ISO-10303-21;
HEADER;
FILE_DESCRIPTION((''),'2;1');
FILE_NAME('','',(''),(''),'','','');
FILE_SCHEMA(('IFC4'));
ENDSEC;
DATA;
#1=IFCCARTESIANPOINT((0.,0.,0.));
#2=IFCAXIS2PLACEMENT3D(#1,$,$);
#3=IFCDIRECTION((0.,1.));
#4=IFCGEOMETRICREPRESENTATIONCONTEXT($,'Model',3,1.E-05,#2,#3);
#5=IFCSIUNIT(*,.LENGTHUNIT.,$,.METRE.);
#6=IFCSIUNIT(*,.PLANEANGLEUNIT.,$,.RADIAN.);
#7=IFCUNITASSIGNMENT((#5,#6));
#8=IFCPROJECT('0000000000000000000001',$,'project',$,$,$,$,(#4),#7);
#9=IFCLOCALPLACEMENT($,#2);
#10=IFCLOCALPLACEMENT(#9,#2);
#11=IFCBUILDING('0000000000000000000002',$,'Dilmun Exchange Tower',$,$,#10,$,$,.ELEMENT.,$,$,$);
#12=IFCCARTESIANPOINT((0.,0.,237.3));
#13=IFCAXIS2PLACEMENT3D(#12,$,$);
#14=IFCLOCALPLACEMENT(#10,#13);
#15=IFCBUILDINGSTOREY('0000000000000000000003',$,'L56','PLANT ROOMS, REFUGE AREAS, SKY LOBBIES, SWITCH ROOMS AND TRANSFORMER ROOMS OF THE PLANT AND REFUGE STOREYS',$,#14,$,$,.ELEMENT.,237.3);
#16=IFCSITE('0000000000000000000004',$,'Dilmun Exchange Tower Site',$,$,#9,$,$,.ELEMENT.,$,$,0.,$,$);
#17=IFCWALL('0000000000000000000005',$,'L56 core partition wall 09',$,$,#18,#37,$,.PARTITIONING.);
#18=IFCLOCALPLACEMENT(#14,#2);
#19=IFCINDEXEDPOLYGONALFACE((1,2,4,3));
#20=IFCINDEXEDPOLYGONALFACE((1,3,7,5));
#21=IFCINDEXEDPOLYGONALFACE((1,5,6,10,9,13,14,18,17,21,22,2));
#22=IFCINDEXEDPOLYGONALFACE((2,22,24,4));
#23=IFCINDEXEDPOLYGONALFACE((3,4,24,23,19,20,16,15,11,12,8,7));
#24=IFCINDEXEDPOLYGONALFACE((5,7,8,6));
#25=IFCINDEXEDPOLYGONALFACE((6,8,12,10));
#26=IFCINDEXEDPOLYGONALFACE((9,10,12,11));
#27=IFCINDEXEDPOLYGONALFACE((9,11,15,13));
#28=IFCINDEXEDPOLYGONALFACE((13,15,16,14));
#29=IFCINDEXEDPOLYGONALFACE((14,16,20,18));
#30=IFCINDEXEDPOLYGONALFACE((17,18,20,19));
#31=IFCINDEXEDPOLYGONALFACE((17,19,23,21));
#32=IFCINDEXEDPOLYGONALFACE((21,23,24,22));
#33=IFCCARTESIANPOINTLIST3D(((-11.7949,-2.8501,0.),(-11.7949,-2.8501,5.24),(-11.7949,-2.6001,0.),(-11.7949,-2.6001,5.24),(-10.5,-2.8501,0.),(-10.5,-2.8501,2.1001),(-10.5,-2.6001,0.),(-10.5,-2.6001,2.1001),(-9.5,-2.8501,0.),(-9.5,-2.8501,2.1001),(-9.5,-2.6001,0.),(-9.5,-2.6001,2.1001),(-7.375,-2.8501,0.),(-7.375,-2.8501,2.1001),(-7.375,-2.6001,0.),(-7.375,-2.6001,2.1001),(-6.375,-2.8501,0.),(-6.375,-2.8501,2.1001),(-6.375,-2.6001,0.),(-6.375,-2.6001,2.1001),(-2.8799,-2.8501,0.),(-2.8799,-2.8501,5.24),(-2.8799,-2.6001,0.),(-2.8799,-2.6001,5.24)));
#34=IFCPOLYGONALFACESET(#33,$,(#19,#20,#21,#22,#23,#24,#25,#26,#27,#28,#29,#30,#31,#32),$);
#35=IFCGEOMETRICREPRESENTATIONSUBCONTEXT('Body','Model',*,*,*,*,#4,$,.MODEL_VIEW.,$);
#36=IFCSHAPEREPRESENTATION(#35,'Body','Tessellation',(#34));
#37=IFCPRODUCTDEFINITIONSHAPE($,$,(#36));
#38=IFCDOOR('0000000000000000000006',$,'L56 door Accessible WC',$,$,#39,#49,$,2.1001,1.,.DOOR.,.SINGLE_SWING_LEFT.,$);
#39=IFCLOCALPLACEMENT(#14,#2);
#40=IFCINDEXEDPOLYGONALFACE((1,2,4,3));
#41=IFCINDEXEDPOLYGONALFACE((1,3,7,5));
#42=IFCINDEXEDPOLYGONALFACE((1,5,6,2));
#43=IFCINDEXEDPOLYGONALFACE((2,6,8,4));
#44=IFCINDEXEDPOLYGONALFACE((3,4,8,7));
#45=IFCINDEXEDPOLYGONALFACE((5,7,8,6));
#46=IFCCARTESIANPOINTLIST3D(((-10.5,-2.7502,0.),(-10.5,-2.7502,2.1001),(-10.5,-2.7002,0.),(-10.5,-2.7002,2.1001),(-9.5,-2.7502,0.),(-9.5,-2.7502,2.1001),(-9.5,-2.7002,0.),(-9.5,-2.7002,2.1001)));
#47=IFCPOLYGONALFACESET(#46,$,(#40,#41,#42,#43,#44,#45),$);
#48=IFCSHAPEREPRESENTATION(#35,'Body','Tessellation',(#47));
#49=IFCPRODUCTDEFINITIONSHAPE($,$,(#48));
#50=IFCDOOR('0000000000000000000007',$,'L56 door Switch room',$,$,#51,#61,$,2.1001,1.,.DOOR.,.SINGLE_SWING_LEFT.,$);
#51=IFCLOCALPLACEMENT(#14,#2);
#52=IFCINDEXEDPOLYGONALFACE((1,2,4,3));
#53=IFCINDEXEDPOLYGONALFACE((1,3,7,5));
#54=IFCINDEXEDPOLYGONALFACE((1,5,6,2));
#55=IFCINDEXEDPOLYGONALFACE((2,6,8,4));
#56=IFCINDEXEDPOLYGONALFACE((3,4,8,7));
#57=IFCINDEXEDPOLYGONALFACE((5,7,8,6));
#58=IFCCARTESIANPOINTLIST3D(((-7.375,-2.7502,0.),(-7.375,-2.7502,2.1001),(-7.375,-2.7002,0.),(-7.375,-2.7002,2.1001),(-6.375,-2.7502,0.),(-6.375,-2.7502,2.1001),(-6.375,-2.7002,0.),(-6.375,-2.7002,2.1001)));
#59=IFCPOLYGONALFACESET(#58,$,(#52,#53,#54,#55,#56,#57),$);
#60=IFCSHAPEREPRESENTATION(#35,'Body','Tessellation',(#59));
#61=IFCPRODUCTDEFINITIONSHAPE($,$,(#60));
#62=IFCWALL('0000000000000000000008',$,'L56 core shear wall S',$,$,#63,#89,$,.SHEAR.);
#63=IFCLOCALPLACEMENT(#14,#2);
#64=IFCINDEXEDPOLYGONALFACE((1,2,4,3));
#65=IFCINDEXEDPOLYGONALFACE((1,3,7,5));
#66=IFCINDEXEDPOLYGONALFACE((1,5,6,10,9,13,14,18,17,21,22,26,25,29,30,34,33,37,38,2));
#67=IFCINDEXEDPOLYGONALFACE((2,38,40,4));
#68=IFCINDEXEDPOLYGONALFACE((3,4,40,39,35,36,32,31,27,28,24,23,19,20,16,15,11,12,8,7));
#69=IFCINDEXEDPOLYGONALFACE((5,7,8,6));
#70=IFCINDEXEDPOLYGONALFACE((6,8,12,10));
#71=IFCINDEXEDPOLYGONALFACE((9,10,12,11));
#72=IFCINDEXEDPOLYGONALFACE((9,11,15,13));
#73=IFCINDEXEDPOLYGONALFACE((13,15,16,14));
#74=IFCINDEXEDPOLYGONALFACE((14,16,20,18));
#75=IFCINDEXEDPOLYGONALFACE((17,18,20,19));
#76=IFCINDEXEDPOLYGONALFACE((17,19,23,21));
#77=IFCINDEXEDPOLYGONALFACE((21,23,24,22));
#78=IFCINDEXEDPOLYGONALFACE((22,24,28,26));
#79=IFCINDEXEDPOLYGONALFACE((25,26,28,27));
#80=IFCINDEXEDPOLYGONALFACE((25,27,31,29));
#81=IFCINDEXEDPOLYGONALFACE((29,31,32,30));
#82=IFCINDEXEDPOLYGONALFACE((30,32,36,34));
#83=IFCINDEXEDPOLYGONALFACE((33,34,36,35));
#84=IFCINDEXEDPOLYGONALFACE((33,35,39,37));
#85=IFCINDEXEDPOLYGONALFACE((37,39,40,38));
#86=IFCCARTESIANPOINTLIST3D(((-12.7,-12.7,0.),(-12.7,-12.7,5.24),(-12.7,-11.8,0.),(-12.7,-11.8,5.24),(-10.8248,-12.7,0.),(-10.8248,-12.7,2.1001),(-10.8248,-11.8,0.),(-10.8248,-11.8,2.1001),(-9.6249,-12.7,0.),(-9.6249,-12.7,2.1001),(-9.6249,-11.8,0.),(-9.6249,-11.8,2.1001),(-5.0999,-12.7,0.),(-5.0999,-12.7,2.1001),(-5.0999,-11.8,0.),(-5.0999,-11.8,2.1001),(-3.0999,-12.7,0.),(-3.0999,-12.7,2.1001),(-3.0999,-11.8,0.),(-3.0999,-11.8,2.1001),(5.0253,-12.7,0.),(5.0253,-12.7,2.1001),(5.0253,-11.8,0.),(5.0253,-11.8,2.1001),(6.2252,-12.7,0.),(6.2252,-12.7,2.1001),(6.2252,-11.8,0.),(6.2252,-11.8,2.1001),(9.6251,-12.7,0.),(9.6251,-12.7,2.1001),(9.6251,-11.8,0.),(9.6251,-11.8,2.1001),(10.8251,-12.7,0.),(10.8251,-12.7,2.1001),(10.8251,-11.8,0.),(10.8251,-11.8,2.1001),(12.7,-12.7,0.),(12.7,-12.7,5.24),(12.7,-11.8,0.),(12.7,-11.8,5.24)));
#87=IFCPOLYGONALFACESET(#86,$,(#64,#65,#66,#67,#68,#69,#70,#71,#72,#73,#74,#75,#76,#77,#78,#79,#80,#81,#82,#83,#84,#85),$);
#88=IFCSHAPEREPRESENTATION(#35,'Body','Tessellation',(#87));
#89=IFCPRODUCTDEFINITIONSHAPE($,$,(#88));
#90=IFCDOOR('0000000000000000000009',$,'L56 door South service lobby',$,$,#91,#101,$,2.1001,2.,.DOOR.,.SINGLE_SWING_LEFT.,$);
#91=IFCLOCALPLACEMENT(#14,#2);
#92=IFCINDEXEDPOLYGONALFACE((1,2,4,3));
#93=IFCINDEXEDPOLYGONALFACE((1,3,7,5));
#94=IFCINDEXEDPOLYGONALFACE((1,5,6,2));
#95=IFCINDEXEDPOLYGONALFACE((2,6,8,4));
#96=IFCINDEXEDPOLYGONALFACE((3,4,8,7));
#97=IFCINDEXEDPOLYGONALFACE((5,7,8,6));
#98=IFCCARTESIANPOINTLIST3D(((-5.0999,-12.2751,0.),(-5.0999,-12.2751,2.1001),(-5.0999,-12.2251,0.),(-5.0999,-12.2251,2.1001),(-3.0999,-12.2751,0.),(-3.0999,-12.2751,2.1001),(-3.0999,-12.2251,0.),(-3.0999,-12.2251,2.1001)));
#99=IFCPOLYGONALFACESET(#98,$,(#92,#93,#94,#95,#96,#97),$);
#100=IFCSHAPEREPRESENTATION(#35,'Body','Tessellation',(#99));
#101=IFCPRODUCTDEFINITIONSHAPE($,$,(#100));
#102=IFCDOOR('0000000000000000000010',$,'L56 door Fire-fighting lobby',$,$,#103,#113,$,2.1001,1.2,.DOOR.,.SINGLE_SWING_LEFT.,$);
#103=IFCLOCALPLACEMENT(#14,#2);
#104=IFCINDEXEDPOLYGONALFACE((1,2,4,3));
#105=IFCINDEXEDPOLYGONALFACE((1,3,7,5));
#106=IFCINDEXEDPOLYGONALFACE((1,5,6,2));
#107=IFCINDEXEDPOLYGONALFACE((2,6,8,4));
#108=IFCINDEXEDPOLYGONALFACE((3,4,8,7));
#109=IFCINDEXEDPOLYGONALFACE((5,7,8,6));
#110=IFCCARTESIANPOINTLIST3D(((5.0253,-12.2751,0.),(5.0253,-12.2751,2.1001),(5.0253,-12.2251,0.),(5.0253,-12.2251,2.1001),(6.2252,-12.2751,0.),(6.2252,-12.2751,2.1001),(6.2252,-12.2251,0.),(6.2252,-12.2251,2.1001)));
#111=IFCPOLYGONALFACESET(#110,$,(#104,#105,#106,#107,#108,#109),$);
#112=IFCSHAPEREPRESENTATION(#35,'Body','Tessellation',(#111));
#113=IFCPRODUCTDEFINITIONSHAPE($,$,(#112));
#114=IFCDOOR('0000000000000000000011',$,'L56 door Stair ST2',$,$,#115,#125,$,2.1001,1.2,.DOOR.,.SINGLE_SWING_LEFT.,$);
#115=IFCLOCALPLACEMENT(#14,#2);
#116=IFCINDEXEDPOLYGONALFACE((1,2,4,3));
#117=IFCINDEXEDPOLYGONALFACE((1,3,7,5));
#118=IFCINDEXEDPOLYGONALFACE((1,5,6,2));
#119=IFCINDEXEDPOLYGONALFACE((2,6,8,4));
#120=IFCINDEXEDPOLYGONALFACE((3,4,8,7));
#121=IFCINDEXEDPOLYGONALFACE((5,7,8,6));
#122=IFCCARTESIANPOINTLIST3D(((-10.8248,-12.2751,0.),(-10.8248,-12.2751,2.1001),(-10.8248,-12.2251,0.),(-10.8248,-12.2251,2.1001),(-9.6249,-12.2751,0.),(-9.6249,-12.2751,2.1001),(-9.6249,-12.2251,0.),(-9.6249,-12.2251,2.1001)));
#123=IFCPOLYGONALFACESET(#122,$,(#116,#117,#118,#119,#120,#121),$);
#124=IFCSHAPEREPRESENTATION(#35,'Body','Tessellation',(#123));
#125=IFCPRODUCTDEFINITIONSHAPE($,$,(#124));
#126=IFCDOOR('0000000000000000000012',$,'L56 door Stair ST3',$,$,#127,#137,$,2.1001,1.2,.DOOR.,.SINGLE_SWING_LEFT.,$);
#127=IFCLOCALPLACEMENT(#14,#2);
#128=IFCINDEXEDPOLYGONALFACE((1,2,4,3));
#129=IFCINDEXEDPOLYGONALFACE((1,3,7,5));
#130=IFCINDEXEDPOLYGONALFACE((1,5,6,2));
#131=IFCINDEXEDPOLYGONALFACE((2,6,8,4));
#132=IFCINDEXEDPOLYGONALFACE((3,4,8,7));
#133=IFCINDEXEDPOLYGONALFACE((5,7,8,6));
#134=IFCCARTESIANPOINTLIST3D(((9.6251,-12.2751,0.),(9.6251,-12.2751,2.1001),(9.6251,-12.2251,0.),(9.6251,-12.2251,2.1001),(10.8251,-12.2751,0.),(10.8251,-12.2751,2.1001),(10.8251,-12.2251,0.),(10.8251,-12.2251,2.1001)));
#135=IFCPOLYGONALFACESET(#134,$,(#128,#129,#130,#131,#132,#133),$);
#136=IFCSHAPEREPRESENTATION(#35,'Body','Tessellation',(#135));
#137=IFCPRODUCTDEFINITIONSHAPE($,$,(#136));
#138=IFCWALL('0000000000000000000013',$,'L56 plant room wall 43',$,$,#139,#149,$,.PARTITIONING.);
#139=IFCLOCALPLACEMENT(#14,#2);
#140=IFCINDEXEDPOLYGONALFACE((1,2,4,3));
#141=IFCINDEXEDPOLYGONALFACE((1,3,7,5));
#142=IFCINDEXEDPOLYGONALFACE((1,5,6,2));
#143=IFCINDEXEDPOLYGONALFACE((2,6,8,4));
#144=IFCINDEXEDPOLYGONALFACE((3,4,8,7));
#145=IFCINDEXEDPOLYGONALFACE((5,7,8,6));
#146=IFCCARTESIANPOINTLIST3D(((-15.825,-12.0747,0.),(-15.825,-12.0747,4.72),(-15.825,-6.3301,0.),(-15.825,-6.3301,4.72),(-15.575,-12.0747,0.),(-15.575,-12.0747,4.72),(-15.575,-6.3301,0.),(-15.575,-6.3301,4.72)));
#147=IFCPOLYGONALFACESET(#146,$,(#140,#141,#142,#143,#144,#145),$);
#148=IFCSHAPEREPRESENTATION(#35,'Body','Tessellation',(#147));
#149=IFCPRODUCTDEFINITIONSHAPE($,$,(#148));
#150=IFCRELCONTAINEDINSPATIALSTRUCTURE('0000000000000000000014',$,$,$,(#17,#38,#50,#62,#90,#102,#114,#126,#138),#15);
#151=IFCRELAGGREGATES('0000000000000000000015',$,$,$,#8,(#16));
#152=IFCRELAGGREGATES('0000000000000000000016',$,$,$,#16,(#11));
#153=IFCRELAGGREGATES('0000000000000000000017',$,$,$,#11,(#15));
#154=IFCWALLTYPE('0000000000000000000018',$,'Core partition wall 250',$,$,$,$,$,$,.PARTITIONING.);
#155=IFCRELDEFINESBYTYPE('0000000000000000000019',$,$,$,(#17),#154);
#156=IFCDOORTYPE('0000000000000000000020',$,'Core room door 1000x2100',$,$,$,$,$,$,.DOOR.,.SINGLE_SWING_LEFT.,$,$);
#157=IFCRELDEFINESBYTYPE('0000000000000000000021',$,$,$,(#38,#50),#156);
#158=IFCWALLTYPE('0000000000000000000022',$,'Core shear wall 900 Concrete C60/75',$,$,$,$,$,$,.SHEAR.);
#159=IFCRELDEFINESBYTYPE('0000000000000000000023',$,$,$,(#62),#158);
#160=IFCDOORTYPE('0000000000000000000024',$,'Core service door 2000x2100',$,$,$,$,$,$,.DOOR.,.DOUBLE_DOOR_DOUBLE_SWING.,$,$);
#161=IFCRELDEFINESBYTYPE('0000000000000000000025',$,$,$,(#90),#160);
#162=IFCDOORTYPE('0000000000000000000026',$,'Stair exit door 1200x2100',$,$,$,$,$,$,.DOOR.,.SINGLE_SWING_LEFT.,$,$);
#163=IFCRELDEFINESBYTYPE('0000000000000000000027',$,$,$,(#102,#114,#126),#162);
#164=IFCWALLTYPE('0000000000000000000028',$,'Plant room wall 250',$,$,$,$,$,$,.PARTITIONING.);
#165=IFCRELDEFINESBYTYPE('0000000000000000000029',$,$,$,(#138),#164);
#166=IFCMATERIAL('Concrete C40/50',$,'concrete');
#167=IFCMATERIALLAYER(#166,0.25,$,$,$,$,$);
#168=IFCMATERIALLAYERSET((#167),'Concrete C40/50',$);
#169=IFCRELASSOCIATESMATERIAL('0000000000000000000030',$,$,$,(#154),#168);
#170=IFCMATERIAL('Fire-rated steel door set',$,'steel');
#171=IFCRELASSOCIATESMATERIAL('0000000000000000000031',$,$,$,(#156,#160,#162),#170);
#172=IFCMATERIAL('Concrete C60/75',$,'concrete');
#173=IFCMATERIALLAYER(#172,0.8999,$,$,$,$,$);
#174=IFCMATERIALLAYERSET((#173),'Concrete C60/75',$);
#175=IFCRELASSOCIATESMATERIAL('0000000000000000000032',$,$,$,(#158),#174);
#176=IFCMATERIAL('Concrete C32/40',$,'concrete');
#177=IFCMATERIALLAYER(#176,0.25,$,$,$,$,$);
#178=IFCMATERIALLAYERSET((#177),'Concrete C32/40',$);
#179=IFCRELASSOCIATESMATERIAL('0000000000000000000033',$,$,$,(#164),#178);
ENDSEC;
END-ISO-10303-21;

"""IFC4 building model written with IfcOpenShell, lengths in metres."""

from ifc_helpers import new_model, si_unit, direction, frame, frame_2d, origin, place, context, subcontext, project, spatial, rectangle, extrude, material, layer, layer_set, type_object, element, fill, save


model = new_model("IFC4")

# Units and contexts
model_context = context("Model", 3, precision=1e-05, world=origin(), true_north=direction((0.0, 1.0)))
body_context = subcontext(model_context, "Body", "Model", "MODEL_VIEW")
ifc_project = project(units=[si_unit("LENGTHUNIT", "METRE"), si_unit("PLANEANGLEUNIT", "RADIAN")], contexts=[model_context])

# Site, building, storey
site_placement = place(None, origin())
site = spatial("IfcSite", under=ifc_project, at=site_placement, Name="Dilmun Exchange Tower Site", CompositionType="ELEMENT", RefElevation=0.0)
building_placement = place(site_placement, origin())
building = spatial("IfcBuilding", under=site, at=building_placement, Name="Dilmun Exchange Tower", CompositionType="ELEMENT")
storey_placement = place(building_placement, frame((0.0, 0.0, 237.3)))
storey = spatial("IfcBuildingStorey", under=building, at=storey_placement, Name="L56", Description="PLANT ROOMS, REFUGE AREAS, SKY LOBBIES, SWITCH ROOMS AND TRANSFORMER ROOMS OF THE PLANT AND REFUGE STOREYS", CompositionType="ELEMENT", Elevation=237.3)

# Walls, openings, doors
ifc_material_1 = material(Name="Concrete C40/50", Category="concrete")
ifc_layer_1 = layer(ifc_material_1, 0.25)
ifc_layer_set_1 = layer_set([ifc_layer_1], Name="Concrete C40/50")
wall_type_1 = type_object("IfcWallType", Name="Core partition wall 250", PredefinedType="PARTITIONING", material=ifc_layer_set_1)
wall_1_placement = place(storey_placement, frame((-11.7949, -2.7251, 0.0), z_axis=(0.0, 0.0, 1.0), x_axis=(1.0, 0.0, 0.0)))
wall_1 = element("IfcWall", 1, at=wall_1_placement, inside=storey, type_object=wall_type_1, Name="L56 core partition wall 09", PredefinedType="PARTITIONING", context=body_context, shape_type="SweptSolid", body=[
    extrude(rectangle(XDim=8.915, YDim=0.25, at=frame_2d((4.4575, 0.0))), origin(), (0.0, 0.0, 1.0), 5.24),
])
opening_1_placement = place(wall_1_placement, frame((1.2949, 0.0, 0.0)))
opening_1 = element("IfcOpeningElement", 2, at=opening_1_placement, cuts=wall_1, PredefinedType="OPENING", context=body_context, shape_type="SweptSolid", body=[
    extrude(rectangle(XDim=1.0, YDim=2.1001, at=frame_2d((0.5, 1.05))), frame((0.0, 0.135, 0.0), z_axis=(0.0, -1.0, 0.0), x_axis=(1.0, 0.0, 0.0)), (0.0, 0.0, 1.0), 0.27),
])
opening_2_placement = place(wall_1_placement, frame((4.4199, 0.0, 0.0)))
opening_2 = element("IfcOpeningElement", 3, at=opening_2_placement, cuts=wall_1, PredefinedType="OPENING", context=body_context, shape_type="SweptSolid", body=[
    extrude(rectangle(XDim=1.0, YDim=2.1001, at=frame_2d((0.5, 1.05))), frame((0.0, 0.135, 0.0), z_axis=(0.0, -1.0, 0.0), x_axis=(1.0, 0.0, 0.0)), (0.0, 0.0, 1.0), 0.27),
])
ifc_material_2 = material(Name="Fire-rated steel door set", Category="steel")
door_type_1 = type_object("IfcDoorType", Name="Core room door 1000x2100", OperationType="SINGLE_SWING_LEFT", PredefinedType="DOOR", material=ifc_material_2)
door_1_placement = place(opening_1_placement, origin())
door_1 = element("IfcDoor", 4, at=door_1_placement, inside=storey, type_object=door_type_1, Name="L56 door Accessible WC", OperationType="SINGLE_SWING_LEFT", OverallHeight=2.1001, OverallWidth=1.0, PredefinedType="DOOR", context=body_context, shape_type="SweptSolid", body=[
    extrude(rectangle(XDim=1.0, YDim=2.1001, at=frame_2d((0.5, 1.05))), frame((0.0, 0.0249, 0.0), z_axis=(0.0, -1.0, 0.0), x_axis=(1.0, 0.0, 0.0)), (0.0, 0.0, 1.0), 0.05),
])
fill(opening_1, door_1)
door_2_placement = place(opening_2_placement, origin())
door_2 = element("IfcDoor", 5, at=door_2_placement, inside=storey, type_object=door_type_1, Name="L56 door Switch room", OperationType="SINGLE_SWING_LEFT", OverallHeight=2.1001, OverallWidth=1.0, PredefinedType="DOOR", context=body_context, shape_type="SweptSolid", body=[
    extrude(rectangle(XDim=1.0, YDim=2.1001, at=frame_2d((0.5, 1.05))), frame((0.0, 0.0249, 0.0), z_axis=(0.0, -1.0, 0.0), x_axis=(1.0, 0.0, 0.0)), (0.0, 0.0, 1.0), 0.05),
])
fill(opening_2, door_2)
ifc_material_3 = material(Name="Concrete C60/75", Category="concrete")
ifc_layer_2 = layer(ifc_material_3, 0.8999)
ifc_layer_set_2 = layer_set([ifc_layer_2], Name="Concrete C60/75")
wall_type_2 = type_object("IfcWallType", Name="Core shear wall 900 Concrete C60/75", PredefinedType="SHEAR", material=ifc_layer_set_2)
wall_2_placement = place(storey_placement, frame((-12.7, -12.25, 0.0), z_axis=(0.0, 0.0, 1.0), x_axis=(1.0, 0.0, 0.0)))
wall_2 = element("IfcWall", 6, at=wall_2_placement, inside=storey, type_object=wall_type_2, Name="L56 core shear wall S", PredefinedType="SHEAR", context=body_context, shape_type="SweptSolid", body=[
    extrude(rectangle(XDim=25.3999, YDim=0.8999, at=frame_2d((12.7, 0.0))), origin(), (0.0, 0.0, 1.0), 5.24),
])
opening_3_placement = place(wall_2_placement, frame((7.6001, 0.0, 0.0)))
opening_3 = element("IfcOpeningElement", 7, at=opening_3_placement, cuts=wall_2, PredefinedType="OPENING", context=body_context, shape_type="SweptSolid", body=[
    extrude(rectangle(XDim=2.0, YDim=2.1001, at=frame_2d((1.0, 1.05))), frame((0.0, 0.46, 0.0), z_axis=(0.0, -1.0, 0.0), x_axis=(1.0, 0.0, 0.0)), (0.0, 0.0, 1.0), 0.9199),
])
opening_4_placement = place(wall_2_placement, frame((17.7251, 0.0, 0.0)))
opening_4 = element("IfcOpeningElement", 8, at=opening_4_placement, cuts=wall_2, PredefinedType="OPENING", context=body_context, shape_type="SweptSolid", body=[
    extrude(rectangle(XDim=1.2, YDim=2.1001, at=frame_2d((0.6001, 1.05))), frame((0.0, 0.46, 0.0), z_axis=(0.0, -1.0, 0.0), x_axis=(1.0, 0.0, 0.0)), (0.0, 0.0, 1.0), 0.9199),
])
opening_5_placement = place(wall_2_placement, frame((1.875, 0.0, 0.0)))
opening_5 = element("IfcOpeningElement", 9, at=opening_5_placement, cuts=wall_2, PredefinedType="OPENING", context=body_context, shape_type="SweptSolid", body=[
    extrude(rectangle(XDim=1.2, YDim=2.1001, at=frame_2d((0.6001, 1.05))), frame((0.0, 0.46, 0.0), z_axis=(0.0, -1.0, 0.0), x_axis=(1.0, 0.0, 0.0)), (0.0, 0.0, 1.0), 0.9199),
])
opening_6_placement = place(wall_2_placement, frame((22.325, 0.0, 0.0)))
opening_6 = element("IfcOpeningElement", 10, at=opening_6_placement, cuts=wall_2, PredefinedType="OPENING", context=body_context, shape_type="SweptSolid", body=[
    extrude(rectangle(XDim=1.2, YDim=2.1001, at=frame_2d((0.6001, 1.05))), frame((0.0, 0.46, 0.0), z_axis=(0.0, -1.0, 0.0), x_axis=(1.0, 0.0, 0.0)), (0.0, 0.0, 1.0), 0.9199),
])
door_type_2 = type_object("IfcDoorType", Name="Core service door 2000x2100", OperationType="DOUBLE_DOOR_DOUBLE_SWING", PredefinedType="DOOR", material=ifc_material_2)
door_3_placement = place(opening_3_placement, origin())
door_3 = element("IfcDoor", 11, at=door_3_placement, inside=storey, type_object=door_type_2, Name="L56 door South service lobby", OperationType="SINGLE_SWING_LEFT", OverallHeight=2.1001, OverallWidth=2.0, PredefinedType="DOOR", context=body_context, shape_type="SweptSolid", body=[
    extrude(rectangle(XDim=2.0, YDim=2.1001, at=frame_2d((1.0, 1.05))), frame((0.0, 0.0249, 0.0), z_axis=(0.0, -1.0, 0.0), x_axis=(1.0, 0.0, 0.0)), (0.0, 0.0, 1.0), 0.05),
])
fill(opening_3, door_3)
door_type_3 = type_object("IfcDoorType", Name="Stair exit door 1200x2100", OperationType="SINGLE_SWING_LEFT", PredefinedType="DOOR", material=ifc_material_2)
door_4_placement = place(opening_4_placement, origin())
door_4 = element("IfcDoor", 12, at=door_4_placement, inside=storey, type_object=door_type_3, Name="L56 door Fire-fighting lobby", OperationType="SINGLE_SWING_LEFT", OverallHeight=2.1001, OverallWidth=1.2, PredefinedType="DOOR", context=body_context, shape_type="SweptSolid", body=[
    extrude(rectangle(XDim=1.2, YDim=2.1001, at=frame_2d((0.6001, 1.05))), frame((0.0, 0.0249, 0.0), z_axis=(0.0, -1.0, 0.0), x_axis=(1.0, 0.0, 0.0)), (0.0, 0.0, 1.0), 0.05),
])
fill(opening_4, door_4)
door_5_placement = place(opening_5_placement, origin())
door_5 = element("IfcDoor", 13, at=door_5_placement, inside=storey, type_object=door_type_3, Name="L56 door Stair ST2", OperationType="SINGLE_SWING_LEFT", OverallHeight=2.1001, OverallWidth=1.2, PredefinedType="DOOR", context=body_context, shape_type="SweptSolid", body=[
    extrude(rectangle(XDim=1.2, YDim=2.1001, at=frame_2d((0.6001, 1.05))), frame((0.0, 0.0249, 0.0), z_axis=(0.0, -1.0, 0.0), x_axis=(1.0, 0.0, 0.0)), (0.0, 0.0, 1.0), 0.05),
])
fill(opening_5, door_5)
door_6_placement = place(opening_6_placement, origin())
door_6 = element("IfcDoor", 14, at=door_6_placement, inside=storey, type_object=door_type_3, Name="L56 door Stair ST3", OperationType="SINGLE_SWING_LEFT", OverallHeight=2.1001, OverallWidth=1.2, PredefinedType="DOOR", context=body_context, shape_type="SweptSolid", body=[
    extrude(rectangle(XDim=1.2, YDim=2.1001, at=frame_2d((0.6001, 1.05))), frame((0.0, 0.0249, 0.0), z_axis=(0.0, -1.0, 0.0), x_axis=(1.0, 0.0, 0.0)), (0.0, 0.0, 1.0), 0.05),
])
fill(opening_6, door_6)

# Wall
ifc_material_4 = material(Name="Concrete C32/40", Category="concrete")
ifc_layer_3 = layer(ifc_material_4, 0.25)
ifc_layer_set_3 = layer_set([ifc_layer_3], Name="Concrete C32/40")
wall_type_3 = type_object("IfcWallType", Name="Plant room wall 250", PredefinedType="PARTITIONING", material=ifc_layer_set_3)
wall_3_placement = place(storey_placement, frame((-15.7, -12.0747, 0.0), z_axis=(0.0, 0.0, 1.0), x_axis=(0.0, 1.0, 0.0)))
element("IfcWall", 15, at=wall_3_placement, inside=storey, type_object=wall_type_3, Name="L56 plant room wall 43", PredefinedType="PARTITIONING", context=body_context, shape_type="SweptSolid", body=[
    extrude(rectangle(XDim=5.7446, YDim=0.25, at=frame_2d((2.8723, 0.0))), origin(), (0.0, 0.0, 1.0), 4.72),
])

save(model, "model.ifc")
